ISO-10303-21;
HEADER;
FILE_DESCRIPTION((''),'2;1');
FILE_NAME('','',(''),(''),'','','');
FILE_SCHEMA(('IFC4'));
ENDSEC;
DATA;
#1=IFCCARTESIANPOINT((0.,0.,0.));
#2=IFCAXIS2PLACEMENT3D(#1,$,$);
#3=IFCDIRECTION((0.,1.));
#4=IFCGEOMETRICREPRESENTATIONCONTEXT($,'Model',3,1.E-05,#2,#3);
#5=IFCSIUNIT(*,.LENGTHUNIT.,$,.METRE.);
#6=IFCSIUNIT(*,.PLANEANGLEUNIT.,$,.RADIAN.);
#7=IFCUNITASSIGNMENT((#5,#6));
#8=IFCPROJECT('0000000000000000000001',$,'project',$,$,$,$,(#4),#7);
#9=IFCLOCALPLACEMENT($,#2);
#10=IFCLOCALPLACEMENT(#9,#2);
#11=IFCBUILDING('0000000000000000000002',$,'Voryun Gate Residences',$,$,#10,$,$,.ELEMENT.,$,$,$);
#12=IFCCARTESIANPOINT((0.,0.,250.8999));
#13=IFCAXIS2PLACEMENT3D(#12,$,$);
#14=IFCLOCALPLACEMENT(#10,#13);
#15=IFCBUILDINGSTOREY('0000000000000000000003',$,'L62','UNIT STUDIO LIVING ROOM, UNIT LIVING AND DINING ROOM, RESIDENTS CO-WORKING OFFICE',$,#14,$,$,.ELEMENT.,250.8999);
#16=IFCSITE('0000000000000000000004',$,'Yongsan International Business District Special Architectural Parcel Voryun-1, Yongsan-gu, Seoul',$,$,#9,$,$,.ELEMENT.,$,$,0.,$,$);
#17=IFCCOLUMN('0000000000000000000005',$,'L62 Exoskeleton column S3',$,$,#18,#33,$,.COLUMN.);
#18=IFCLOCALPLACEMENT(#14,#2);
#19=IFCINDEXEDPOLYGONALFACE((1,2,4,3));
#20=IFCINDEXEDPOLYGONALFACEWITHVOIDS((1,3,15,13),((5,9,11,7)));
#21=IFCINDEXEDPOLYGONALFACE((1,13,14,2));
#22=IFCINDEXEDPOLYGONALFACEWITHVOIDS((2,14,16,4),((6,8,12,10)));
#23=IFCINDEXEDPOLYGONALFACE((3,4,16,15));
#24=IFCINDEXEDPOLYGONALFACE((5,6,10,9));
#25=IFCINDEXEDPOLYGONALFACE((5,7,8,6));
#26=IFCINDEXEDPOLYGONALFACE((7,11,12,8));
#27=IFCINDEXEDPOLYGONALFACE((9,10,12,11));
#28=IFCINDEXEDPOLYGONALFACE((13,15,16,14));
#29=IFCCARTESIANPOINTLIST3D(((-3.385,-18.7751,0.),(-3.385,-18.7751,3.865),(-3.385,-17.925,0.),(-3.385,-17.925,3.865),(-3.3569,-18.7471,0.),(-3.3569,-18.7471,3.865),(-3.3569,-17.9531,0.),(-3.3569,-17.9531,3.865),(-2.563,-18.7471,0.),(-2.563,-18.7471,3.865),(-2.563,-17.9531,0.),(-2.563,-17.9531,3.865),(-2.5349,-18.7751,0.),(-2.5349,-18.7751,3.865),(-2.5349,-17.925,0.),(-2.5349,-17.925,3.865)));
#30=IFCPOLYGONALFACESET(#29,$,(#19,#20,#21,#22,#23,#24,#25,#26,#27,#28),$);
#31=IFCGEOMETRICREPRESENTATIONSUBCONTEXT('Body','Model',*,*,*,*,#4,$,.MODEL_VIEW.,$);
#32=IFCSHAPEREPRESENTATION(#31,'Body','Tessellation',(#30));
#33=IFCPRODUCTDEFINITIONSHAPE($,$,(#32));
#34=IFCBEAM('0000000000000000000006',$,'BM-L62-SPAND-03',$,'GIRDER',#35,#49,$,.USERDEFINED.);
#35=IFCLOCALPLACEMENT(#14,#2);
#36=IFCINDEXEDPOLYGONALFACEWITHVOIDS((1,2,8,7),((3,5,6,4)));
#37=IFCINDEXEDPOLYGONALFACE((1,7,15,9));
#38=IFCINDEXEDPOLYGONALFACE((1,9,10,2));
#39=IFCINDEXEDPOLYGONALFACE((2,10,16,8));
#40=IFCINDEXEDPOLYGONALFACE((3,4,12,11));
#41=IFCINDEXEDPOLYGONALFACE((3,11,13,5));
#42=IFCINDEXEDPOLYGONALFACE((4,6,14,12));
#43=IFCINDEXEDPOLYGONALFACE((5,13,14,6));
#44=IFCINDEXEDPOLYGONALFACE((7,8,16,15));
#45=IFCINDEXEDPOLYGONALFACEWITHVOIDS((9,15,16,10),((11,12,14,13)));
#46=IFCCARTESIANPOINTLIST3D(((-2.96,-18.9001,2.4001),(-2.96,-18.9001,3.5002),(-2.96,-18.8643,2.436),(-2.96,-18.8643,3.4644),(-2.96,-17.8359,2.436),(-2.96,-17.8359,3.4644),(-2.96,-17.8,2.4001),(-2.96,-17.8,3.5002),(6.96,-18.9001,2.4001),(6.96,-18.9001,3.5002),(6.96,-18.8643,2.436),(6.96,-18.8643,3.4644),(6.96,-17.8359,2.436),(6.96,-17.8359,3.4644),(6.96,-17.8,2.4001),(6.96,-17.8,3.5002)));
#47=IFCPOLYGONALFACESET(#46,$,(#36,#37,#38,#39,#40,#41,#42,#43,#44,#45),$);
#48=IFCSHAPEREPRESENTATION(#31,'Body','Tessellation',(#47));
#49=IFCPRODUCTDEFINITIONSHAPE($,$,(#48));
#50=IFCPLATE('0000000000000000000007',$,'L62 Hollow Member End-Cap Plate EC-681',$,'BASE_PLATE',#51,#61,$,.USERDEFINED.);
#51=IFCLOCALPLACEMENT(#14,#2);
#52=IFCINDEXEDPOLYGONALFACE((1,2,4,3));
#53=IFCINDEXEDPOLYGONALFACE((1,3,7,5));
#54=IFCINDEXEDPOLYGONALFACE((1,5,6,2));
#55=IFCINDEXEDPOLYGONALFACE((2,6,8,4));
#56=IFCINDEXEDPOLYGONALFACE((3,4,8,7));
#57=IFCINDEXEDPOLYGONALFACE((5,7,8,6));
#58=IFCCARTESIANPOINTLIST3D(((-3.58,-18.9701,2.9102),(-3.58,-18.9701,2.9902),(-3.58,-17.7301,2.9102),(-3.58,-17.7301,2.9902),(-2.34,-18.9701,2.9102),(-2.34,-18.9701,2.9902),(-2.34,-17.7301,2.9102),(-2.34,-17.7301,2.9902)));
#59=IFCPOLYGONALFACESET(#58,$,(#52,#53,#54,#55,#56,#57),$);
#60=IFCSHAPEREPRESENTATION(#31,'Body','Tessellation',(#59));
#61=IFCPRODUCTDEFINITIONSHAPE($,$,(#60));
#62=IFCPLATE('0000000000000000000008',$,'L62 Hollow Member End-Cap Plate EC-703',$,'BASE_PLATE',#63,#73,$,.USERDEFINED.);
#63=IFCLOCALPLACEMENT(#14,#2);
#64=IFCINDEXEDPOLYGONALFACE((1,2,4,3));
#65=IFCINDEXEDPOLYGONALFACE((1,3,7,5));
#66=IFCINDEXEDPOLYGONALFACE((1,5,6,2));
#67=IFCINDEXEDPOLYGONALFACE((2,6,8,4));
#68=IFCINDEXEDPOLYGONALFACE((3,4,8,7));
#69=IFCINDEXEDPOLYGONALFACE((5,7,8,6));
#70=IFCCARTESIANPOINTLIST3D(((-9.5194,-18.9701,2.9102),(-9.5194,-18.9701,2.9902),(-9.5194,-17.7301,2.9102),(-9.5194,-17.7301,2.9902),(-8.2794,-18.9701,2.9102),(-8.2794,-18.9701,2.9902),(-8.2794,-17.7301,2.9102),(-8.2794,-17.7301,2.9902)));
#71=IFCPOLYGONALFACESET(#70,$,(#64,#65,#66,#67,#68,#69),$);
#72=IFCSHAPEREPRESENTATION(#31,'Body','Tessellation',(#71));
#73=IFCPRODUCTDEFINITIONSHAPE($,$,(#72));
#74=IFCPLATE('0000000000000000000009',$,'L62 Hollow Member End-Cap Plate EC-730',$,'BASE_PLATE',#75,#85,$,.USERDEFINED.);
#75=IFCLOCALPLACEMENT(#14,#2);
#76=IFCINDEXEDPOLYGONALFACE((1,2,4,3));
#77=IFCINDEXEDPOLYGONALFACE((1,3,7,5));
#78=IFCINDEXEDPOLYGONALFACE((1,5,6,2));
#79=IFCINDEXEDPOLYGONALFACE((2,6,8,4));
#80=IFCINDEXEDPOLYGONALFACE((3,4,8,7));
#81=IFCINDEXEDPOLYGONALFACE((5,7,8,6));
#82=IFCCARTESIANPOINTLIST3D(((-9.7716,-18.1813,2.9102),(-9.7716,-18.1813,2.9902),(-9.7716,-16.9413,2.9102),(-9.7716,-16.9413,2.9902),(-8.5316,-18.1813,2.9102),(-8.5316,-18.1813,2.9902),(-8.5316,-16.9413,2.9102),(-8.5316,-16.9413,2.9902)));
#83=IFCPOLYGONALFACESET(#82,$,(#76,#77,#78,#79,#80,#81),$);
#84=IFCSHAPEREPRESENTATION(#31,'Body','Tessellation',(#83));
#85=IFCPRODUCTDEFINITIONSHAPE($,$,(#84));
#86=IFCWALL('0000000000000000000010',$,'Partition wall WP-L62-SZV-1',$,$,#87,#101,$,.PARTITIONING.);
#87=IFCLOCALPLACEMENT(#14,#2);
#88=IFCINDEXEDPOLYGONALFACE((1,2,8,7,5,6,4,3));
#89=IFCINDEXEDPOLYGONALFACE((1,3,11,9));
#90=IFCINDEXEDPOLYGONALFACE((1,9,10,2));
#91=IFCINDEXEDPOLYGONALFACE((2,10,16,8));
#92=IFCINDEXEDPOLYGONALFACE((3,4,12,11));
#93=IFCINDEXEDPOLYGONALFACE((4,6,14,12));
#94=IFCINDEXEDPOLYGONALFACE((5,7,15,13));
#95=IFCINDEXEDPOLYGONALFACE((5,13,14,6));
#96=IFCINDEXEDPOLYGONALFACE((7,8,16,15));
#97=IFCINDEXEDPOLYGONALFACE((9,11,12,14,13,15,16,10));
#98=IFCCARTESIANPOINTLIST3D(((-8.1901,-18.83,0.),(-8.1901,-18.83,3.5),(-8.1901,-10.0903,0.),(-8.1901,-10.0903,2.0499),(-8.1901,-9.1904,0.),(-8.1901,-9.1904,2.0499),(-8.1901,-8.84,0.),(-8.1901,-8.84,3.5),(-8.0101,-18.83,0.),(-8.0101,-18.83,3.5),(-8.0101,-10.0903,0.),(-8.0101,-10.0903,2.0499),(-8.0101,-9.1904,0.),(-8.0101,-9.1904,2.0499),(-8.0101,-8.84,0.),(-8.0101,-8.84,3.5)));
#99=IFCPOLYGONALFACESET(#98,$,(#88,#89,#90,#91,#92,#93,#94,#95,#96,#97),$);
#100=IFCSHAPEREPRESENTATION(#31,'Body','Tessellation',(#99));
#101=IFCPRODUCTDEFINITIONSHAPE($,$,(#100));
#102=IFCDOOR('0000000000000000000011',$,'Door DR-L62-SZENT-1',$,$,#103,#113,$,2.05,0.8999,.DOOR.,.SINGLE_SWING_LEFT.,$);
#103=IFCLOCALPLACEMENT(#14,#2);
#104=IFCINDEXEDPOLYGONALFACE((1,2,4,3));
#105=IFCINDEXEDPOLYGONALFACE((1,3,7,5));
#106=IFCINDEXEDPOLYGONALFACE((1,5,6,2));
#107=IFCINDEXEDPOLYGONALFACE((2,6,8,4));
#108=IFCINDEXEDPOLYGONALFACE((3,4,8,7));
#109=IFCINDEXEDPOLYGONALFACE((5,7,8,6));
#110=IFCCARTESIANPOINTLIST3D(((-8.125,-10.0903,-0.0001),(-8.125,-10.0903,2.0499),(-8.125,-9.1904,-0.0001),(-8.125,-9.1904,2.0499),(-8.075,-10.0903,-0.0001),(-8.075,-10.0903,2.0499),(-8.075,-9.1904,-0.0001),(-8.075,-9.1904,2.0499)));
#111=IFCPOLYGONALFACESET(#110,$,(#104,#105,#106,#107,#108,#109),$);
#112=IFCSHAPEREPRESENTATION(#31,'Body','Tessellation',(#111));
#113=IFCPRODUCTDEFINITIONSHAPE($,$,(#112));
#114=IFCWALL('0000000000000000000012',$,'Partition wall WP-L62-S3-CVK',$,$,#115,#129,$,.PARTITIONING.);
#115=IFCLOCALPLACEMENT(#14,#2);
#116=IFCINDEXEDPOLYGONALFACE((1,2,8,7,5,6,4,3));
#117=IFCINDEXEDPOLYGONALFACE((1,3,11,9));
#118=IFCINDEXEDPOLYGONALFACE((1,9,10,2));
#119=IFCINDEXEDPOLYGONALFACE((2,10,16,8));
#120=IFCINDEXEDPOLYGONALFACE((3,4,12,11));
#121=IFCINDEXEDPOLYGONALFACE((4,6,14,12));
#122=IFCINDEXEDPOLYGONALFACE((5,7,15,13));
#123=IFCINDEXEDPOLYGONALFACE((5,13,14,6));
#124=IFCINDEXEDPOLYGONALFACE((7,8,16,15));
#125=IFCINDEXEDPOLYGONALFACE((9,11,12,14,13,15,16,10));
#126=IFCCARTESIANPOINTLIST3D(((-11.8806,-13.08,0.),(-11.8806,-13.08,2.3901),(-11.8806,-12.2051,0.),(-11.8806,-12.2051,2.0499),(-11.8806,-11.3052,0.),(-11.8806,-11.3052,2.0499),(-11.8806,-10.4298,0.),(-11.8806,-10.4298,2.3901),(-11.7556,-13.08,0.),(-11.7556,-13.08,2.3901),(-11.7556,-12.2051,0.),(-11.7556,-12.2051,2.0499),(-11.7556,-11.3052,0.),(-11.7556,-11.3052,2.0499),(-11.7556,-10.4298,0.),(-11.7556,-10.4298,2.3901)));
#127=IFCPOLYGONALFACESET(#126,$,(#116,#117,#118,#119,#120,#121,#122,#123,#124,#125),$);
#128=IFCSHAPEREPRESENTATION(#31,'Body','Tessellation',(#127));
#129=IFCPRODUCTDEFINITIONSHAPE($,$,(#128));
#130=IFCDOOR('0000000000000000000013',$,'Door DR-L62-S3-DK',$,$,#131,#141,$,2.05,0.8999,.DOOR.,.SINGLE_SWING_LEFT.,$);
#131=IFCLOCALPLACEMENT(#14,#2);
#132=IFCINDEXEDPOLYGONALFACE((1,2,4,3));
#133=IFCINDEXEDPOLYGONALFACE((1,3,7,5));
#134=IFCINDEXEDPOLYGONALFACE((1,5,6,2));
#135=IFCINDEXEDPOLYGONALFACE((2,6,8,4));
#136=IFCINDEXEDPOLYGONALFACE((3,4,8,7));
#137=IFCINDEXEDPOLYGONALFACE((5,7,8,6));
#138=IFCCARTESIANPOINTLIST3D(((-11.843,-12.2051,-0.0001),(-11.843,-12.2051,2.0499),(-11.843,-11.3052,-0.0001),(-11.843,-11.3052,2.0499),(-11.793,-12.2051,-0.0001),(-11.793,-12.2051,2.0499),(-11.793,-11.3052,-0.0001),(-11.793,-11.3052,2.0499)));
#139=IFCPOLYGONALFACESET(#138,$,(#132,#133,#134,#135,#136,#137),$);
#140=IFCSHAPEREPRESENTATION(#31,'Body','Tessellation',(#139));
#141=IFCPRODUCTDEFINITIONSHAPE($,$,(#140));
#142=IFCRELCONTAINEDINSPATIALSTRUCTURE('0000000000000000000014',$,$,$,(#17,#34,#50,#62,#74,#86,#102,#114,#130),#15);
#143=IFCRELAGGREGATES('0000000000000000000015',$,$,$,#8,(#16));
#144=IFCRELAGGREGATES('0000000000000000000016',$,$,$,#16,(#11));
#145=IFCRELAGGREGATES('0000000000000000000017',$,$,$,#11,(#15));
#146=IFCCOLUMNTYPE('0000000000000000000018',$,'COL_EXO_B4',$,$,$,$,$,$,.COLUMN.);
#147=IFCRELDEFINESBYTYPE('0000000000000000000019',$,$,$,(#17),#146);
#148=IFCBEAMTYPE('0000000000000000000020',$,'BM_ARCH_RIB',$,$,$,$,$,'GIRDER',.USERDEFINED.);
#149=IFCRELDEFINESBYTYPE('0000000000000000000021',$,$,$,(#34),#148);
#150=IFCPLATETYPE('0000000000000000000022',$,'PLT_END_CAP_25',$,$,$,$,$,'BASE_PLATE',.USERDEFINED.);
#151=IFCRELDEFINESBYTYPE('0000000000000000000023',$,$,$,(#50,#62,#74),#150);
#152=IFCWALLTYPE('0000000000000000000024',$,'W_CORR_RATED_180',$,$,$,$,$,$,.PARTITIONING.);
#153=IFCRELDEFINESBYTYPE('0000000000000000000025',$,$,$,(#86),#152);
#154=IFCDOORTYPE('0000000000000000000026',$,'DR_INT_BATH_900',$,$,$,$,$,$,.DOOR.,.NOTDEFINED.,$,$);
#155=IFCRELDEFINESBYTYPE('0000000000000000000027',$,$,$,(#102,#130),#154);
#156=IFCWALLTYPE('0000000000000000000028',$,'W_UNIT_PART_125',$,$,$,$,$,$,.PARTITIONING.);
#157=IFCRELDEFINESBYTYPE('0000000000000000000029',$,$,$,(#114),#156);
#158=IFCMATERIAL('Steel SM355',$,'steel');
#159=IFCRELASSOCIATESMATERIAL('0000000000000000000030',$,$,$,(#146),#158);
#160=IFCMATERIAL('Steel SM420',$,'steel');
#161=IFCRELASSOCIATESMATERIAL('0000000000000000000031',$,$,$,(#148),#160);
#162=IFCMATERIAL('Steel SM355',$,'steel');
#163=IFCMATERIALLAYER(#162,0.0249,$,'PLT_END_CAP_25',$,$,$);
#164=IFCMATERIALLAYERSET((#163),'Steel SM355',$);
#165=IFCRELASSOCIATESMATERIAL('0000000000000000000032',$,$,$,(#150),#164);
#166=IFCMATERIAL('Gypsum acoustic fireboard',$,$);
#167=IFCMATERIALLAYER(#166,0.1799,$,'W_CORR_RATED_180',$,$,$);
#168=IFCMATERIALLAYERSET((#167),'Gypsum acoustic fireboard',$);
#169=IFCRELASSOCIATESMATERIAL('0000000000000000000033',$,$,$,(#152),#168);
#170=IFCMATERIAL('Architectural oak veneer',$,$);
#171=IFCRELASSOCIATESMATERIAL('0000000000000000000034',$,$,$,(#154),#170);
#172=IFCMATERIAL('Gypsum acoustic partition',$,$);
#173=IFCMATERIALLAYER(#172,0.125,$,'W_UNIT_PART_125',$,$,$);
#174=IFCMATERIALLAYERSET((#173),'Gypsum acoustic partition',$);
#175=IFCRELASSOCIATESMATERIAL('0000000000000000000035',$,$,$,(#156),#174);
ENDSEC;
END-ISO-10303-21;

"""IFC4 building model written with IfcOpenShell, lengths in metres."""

from ifc_helpers import new_model, si_unit, direction, frame, frame_2d, origin, origin_2d, place, context, subcontext, project, spatial, rectangle, hollow_rectangle, extrude, material, layer, layer_set, material_profile, profile_set, type_object, element, fill, save


model = new_model("IFC4")

# Units and contexts
model_context = context("Model", 3, precision=1e-05, world=origin(), true_north=direction((0.0, 1.0)))
body_context = subcontext(model_context, "Body", "Model", "MODEL_VIEW")
ifc_project = project(units=[si_unit("LENGTHUNIT", "METRE"), si_unit("PLANEANGLEUNIT", "RADIAN")], contexts=[model_context])

# Site, building, storey
site_placement = place(None, origin())
site = spatial("IfcSite", under=ifc_project, at=site_placement, Name="Yongsan International Business District Special Architectural Parcel Voryun-1, Yongsan-gu, Seoul", CompositionType="ELEMENT", RefElevation=0.0)
building_placement = place(site_placement, origin())
building = spatial("IfcBuilding", under=site, at=building_placement, Name="Voryun Gate Residences", CompositionType="ELEMENT")
storey_placement = place(building_placement, frame((0.0, 0.0, 250.8999)))
storey = spatial("IfcBuildingStorey", under=building, at=storey_placement, Name="L62", Description="UNIT STUDIO LIVING ROOM, UNIT LIVING AND DINING ROOM, RESIDENTS CO-WORKING OFFICE", CompositionType="ELEMENT", Elevation=250.8999)

# Column
ifc_material_1 = material(Name="Steel SM355", Category="steel")
ifc_material_profile_1 = material_profile(ifc_material_1, hollow_rectangle(XDim=0.8501, YDim=0.8501, WallThickness=0.0281, at=origin_2d()), Name="BOX-850x850x28")
ifc_profile_set_1 = profile_set([ifc_material_profile_1], Name="Steel SM355")
column_type = type_object("IfcColumnType", Name="COL_EXO_B4", PredefinedType="COLUMN", material=ifc_profile_set_1)
column_placement = place(storey_placement, frame((-2.96, -18.3501, 0.0), z_axis=(0.0, 0.0, 1.0), x_axis=(1.0, 0.0, 0.0)))
element("IfcColumn", 1, at=column_placement, inside=storey, type_object=column_type, Name="L62 Exoskeleton column S3", PredefinedType="COLUMN", context=body_context, shape_type="SweptSolid", body=[
    extrude(hollow_rectangle(XDim=0.8501, YDim=0.8501, WallThickness=0.0281, at=origin_2d()), origin(), (0.0, 0.0, 1.0), 3.865),
])

# Beam
ifc_material_2 = material(Name="Steel SM420", Category="steel")
ifc_material_profile_2 = material_profile(ifc_material_2, hollow_rectangle(XDim=1.1001, YDim=1.1001, WallThickness=0.0359, at=origin_2d()), Name="BOX-1100x1100x36")
ifc_profile_set_2 = profile_set([ifc_material_profile_2], Name="Steel SM420")
beam_type = type_object("IfcBeamType", Name="BM_ARCH_RIB", ElementType="GIRDER", PredefinedType="USERDEFINED", material=ifc_profile_set_2)
beam_placement = place(storey_placement, frame((-2.96, -18.3501, 2.9502), z_axis=(1.0, 0.0, 0.0), x_axis=(0.0, 1.0, 0.0)))
element("IfcBeam", 2, at=beam_placement, inside=storey, type_object=beam_type, Name="BM-L62-SPAND-03", ObjectType="GIRDER", PredefinedType="USERDEFINED", context=body_context, shape_type="SweptSolid", body=[
    extrude(hollow_rectangle(XDim=1.1001, YDim=1.1001, WallThickness=0.0359, at=origin_2d()), origin(), (0.0, 0.0, 1.0), 9.9199),
])

# Plates
ifc_material_3 = material(Name="Steel SM355", Category="steel")
ifc_layer_1 = layer(ifc_material_3, 0.0249, Name="PLT_END_CAP_25")
ifc_layer_set_1 = layer_set([ifc_layer_1], Name="Steel SM355")
plate_type = type_object("IfcPlateType", Name="PLT_END_CAP_25", ElementType="BASE_PLATE", PredefinedType="USERDEFINED", material=ifc_layer_set_1)
for number, where, z_axis, x_axis, name in (
    (3, (-2.96, -18.3501, 2.9102), (0.0, 0.0, 1.0), (1.0, 0.0, 0.0), "L62 Hollow Member End-Cap Plate EC-681"),
    (4, (-8.8994, -18.3501, 2.9102), (0.0, 0.0, 1.0), (1.0, 0.0, 0.0), "L62 Hollow Member End-Cap Plate EC-703"),
    (5, (-9.1516, -17.5613, 2.9102), (0.0, 0.0, 1.0), (1.0, 0.0, 0.0), "L62 Hollow Member End-Cap Plate EC-730"),
):
    element("IfcPlate", number, at=place(storey_placement, frame(where, z_axis=z_axis, x_axis=x_axis)), inside=storey, type_object=plate_type, Name=name, ObjectType="BASE_PLATE", PredefinedType="USERDEFINED", context=body_context, shape_type="SweptSolid", body=[
        extrude(rectangle(XDim=1.24, YDim=1.24, at=origin_2d()), origin(), (0.0, 0.0, 1.0), 0.0801),
    ])

# Walls, openings, doors
ifc_material_4 = material(Name="Gypsum acoustic fireboard")
ifc_layer_2 = layer(ifc_material_4, 0.1799, Name="W_CORR_RATED_180")
ifc_layer_set_2 = layer_set([ifc_layer_2], Name="Gypsum acoustic fireboard")
wall_type_1 = type_object("IfcWallType", Name="W_CORR_RATED_180", PredefinedType="PARTITIONING", material=ifc_layer_set_2)
wall_1_placement = place(storey_placement, frame((-8.1001, -18.8301, 0.0), z_axis=(0.0, 0.0, 1.0), x_axis=(0.0, 1.0, 0.0)))
wall_1 = element("IfcWall", 6, at=wall_1_placement, inside=storey, type_object=wall_type_1, Name="Partition wall WP-L62-SZV-1", PredefinedType="PARTITIONING", context=body_context, shape_type="SweptSolid", body=[
    extrude(rectangle(XDim=9.99, YDim=0.1799, at=frame_2d((4.9951, 0.0))), origin(), (0.0, 0.0, 1.0), 3.5),
])
opening_1_placement = place(wall_1_placement, frame((8.7397, 0.0, 0.0)))
opening_1 = element("IfcOpeningElement", 7, at=opening_1_placement, cuts=wall_1, PredefinedType="OPENING", context=body_context, shape_type="SweptSolid", body=[
    extrude(rectangle(XDim=0.8999, YDim=2.05, at=frame_2d((0.45, 1.0249))), frame((0.0, 0.0999, 0.0), z_axis=(0.0, -1.0, 0.0), x_axis=(1.0, 0.0, 0.0)), (0.0, 0.0, 1.0), 0.2),
])
ifc_material_5 = material(Name="Architectural oak veneer")
door_type = type_object("IfcDoorType", Name="DR_INT_BATH_900", OperationType="NOTDEFINED", PredefinedType="DOOR", material=ifc_material_5)
door_1_placement = place(opening_1_placement, origin())
door_1 = element("IfcDoor", 8, at=door_1_placement, inside=storey, type_object=door_type, Name="Door DR-L62-SZENT-1", OperationType="SINGLE_SWING_LEFT", OverallHeight=2.05, OverallWidth=0.8999, PredefinedType="DOOR", context=body_context, shape_type="SweptSolid", body=[
    extrude(rectangle(XDim=0.8999, YDim=2.05, at=frame_2d((0.45, 1.0249))), frame((0.0, 0.0249, 0.0), z_axis=(0.0, -1.0, 0.0), x_axis=(1.0, 0.0, 0.0)), (0.0, 0.0, 1.0), 0.05),
])
fill(opening_1, door_1)
ifc_material_6 = material(Name="Gypsum acoustic partition")
ifc_layer_3 = layer(ifc_material_6, 0.125, Name="W_UNIT_PART_125")
ifc_layer_set_3 = layer_set([ifc_layer_3], Name="Gypsum acoustic partition")
wall_type_2 = type_object("IfcWallType", Name="W_UNIT_PART_125", PredefinedType="PARTITIONING", material=ifc_layer_set_3)
wall_2_placement = place(storey_placement, frame((-11.8181, -13.0801, 0.0), z_axis=(0.0, 0.0, 1.0), x_axis=(0.0, 1.0, 0.0)))
wall_2 = element("IfcWall", 9, at=wall_2_placement, inside=storey, type_object=wall_type_2, Name="Partition wall WP-L62-S3-CVK", PredefinedType="PARTITIONING", context=body_context, shape_type="SweptSolid", body=[
    extrude(rectangle(XDim=2.6501, YDim=0.125, at=frame_2d((1.3252, 0.0))), origin(), (0.0, 0.0, 1.0), 2.3901),
])
opening_2_placement = place(wall_2_placement, frame((0.875, 0.0, 0.0)))
opening_2 = element("IfcOpeningElement", 10, at=opening_2_placement, cuts=wall_2, PredefinedType="OPENING", context=body_context, shape_type="SweptSolid", body=[
    extrude(rectangle(XDim=0.8999, YDim=2.05, at=frame_2d((0.45, 1.0249))), frame((0.0, 0.0725, 0.0), z_axis=(0.0, -1.0, 0.0), x_axis=(1.0, 0.0, 0.0)), (0.0, 0.0, 1.0), 0.145),
])
door_2_placement = place(opening_2_placement, origin())
door_2 = element("IfcDoor", 11, at=door_2_placement, inside=storey, type_object=door_type, Name="Door DR-L62-S3-DK", OperationType="SINGLE_SWING_LEFT", OverallHeight=2.05, OverallWidth=0.8999, PredefinedType="DOOR", context=body_context, shape_type="SweptSolid", body=[
    extrude(rectangle(XDim=0.8999, YDim=2.05, at=frame_2d((0.45, 1.0249))), frame((0.0, 0.0249, 0.0), z_axis=(0.0, -1.0, 0.0), x_axis=(1.0, 0.0, 0.0)), (0.0, 0.0, 1.0), 0.05),
])
fill(opening_2, door_2)

save(model, "model.ifc")
